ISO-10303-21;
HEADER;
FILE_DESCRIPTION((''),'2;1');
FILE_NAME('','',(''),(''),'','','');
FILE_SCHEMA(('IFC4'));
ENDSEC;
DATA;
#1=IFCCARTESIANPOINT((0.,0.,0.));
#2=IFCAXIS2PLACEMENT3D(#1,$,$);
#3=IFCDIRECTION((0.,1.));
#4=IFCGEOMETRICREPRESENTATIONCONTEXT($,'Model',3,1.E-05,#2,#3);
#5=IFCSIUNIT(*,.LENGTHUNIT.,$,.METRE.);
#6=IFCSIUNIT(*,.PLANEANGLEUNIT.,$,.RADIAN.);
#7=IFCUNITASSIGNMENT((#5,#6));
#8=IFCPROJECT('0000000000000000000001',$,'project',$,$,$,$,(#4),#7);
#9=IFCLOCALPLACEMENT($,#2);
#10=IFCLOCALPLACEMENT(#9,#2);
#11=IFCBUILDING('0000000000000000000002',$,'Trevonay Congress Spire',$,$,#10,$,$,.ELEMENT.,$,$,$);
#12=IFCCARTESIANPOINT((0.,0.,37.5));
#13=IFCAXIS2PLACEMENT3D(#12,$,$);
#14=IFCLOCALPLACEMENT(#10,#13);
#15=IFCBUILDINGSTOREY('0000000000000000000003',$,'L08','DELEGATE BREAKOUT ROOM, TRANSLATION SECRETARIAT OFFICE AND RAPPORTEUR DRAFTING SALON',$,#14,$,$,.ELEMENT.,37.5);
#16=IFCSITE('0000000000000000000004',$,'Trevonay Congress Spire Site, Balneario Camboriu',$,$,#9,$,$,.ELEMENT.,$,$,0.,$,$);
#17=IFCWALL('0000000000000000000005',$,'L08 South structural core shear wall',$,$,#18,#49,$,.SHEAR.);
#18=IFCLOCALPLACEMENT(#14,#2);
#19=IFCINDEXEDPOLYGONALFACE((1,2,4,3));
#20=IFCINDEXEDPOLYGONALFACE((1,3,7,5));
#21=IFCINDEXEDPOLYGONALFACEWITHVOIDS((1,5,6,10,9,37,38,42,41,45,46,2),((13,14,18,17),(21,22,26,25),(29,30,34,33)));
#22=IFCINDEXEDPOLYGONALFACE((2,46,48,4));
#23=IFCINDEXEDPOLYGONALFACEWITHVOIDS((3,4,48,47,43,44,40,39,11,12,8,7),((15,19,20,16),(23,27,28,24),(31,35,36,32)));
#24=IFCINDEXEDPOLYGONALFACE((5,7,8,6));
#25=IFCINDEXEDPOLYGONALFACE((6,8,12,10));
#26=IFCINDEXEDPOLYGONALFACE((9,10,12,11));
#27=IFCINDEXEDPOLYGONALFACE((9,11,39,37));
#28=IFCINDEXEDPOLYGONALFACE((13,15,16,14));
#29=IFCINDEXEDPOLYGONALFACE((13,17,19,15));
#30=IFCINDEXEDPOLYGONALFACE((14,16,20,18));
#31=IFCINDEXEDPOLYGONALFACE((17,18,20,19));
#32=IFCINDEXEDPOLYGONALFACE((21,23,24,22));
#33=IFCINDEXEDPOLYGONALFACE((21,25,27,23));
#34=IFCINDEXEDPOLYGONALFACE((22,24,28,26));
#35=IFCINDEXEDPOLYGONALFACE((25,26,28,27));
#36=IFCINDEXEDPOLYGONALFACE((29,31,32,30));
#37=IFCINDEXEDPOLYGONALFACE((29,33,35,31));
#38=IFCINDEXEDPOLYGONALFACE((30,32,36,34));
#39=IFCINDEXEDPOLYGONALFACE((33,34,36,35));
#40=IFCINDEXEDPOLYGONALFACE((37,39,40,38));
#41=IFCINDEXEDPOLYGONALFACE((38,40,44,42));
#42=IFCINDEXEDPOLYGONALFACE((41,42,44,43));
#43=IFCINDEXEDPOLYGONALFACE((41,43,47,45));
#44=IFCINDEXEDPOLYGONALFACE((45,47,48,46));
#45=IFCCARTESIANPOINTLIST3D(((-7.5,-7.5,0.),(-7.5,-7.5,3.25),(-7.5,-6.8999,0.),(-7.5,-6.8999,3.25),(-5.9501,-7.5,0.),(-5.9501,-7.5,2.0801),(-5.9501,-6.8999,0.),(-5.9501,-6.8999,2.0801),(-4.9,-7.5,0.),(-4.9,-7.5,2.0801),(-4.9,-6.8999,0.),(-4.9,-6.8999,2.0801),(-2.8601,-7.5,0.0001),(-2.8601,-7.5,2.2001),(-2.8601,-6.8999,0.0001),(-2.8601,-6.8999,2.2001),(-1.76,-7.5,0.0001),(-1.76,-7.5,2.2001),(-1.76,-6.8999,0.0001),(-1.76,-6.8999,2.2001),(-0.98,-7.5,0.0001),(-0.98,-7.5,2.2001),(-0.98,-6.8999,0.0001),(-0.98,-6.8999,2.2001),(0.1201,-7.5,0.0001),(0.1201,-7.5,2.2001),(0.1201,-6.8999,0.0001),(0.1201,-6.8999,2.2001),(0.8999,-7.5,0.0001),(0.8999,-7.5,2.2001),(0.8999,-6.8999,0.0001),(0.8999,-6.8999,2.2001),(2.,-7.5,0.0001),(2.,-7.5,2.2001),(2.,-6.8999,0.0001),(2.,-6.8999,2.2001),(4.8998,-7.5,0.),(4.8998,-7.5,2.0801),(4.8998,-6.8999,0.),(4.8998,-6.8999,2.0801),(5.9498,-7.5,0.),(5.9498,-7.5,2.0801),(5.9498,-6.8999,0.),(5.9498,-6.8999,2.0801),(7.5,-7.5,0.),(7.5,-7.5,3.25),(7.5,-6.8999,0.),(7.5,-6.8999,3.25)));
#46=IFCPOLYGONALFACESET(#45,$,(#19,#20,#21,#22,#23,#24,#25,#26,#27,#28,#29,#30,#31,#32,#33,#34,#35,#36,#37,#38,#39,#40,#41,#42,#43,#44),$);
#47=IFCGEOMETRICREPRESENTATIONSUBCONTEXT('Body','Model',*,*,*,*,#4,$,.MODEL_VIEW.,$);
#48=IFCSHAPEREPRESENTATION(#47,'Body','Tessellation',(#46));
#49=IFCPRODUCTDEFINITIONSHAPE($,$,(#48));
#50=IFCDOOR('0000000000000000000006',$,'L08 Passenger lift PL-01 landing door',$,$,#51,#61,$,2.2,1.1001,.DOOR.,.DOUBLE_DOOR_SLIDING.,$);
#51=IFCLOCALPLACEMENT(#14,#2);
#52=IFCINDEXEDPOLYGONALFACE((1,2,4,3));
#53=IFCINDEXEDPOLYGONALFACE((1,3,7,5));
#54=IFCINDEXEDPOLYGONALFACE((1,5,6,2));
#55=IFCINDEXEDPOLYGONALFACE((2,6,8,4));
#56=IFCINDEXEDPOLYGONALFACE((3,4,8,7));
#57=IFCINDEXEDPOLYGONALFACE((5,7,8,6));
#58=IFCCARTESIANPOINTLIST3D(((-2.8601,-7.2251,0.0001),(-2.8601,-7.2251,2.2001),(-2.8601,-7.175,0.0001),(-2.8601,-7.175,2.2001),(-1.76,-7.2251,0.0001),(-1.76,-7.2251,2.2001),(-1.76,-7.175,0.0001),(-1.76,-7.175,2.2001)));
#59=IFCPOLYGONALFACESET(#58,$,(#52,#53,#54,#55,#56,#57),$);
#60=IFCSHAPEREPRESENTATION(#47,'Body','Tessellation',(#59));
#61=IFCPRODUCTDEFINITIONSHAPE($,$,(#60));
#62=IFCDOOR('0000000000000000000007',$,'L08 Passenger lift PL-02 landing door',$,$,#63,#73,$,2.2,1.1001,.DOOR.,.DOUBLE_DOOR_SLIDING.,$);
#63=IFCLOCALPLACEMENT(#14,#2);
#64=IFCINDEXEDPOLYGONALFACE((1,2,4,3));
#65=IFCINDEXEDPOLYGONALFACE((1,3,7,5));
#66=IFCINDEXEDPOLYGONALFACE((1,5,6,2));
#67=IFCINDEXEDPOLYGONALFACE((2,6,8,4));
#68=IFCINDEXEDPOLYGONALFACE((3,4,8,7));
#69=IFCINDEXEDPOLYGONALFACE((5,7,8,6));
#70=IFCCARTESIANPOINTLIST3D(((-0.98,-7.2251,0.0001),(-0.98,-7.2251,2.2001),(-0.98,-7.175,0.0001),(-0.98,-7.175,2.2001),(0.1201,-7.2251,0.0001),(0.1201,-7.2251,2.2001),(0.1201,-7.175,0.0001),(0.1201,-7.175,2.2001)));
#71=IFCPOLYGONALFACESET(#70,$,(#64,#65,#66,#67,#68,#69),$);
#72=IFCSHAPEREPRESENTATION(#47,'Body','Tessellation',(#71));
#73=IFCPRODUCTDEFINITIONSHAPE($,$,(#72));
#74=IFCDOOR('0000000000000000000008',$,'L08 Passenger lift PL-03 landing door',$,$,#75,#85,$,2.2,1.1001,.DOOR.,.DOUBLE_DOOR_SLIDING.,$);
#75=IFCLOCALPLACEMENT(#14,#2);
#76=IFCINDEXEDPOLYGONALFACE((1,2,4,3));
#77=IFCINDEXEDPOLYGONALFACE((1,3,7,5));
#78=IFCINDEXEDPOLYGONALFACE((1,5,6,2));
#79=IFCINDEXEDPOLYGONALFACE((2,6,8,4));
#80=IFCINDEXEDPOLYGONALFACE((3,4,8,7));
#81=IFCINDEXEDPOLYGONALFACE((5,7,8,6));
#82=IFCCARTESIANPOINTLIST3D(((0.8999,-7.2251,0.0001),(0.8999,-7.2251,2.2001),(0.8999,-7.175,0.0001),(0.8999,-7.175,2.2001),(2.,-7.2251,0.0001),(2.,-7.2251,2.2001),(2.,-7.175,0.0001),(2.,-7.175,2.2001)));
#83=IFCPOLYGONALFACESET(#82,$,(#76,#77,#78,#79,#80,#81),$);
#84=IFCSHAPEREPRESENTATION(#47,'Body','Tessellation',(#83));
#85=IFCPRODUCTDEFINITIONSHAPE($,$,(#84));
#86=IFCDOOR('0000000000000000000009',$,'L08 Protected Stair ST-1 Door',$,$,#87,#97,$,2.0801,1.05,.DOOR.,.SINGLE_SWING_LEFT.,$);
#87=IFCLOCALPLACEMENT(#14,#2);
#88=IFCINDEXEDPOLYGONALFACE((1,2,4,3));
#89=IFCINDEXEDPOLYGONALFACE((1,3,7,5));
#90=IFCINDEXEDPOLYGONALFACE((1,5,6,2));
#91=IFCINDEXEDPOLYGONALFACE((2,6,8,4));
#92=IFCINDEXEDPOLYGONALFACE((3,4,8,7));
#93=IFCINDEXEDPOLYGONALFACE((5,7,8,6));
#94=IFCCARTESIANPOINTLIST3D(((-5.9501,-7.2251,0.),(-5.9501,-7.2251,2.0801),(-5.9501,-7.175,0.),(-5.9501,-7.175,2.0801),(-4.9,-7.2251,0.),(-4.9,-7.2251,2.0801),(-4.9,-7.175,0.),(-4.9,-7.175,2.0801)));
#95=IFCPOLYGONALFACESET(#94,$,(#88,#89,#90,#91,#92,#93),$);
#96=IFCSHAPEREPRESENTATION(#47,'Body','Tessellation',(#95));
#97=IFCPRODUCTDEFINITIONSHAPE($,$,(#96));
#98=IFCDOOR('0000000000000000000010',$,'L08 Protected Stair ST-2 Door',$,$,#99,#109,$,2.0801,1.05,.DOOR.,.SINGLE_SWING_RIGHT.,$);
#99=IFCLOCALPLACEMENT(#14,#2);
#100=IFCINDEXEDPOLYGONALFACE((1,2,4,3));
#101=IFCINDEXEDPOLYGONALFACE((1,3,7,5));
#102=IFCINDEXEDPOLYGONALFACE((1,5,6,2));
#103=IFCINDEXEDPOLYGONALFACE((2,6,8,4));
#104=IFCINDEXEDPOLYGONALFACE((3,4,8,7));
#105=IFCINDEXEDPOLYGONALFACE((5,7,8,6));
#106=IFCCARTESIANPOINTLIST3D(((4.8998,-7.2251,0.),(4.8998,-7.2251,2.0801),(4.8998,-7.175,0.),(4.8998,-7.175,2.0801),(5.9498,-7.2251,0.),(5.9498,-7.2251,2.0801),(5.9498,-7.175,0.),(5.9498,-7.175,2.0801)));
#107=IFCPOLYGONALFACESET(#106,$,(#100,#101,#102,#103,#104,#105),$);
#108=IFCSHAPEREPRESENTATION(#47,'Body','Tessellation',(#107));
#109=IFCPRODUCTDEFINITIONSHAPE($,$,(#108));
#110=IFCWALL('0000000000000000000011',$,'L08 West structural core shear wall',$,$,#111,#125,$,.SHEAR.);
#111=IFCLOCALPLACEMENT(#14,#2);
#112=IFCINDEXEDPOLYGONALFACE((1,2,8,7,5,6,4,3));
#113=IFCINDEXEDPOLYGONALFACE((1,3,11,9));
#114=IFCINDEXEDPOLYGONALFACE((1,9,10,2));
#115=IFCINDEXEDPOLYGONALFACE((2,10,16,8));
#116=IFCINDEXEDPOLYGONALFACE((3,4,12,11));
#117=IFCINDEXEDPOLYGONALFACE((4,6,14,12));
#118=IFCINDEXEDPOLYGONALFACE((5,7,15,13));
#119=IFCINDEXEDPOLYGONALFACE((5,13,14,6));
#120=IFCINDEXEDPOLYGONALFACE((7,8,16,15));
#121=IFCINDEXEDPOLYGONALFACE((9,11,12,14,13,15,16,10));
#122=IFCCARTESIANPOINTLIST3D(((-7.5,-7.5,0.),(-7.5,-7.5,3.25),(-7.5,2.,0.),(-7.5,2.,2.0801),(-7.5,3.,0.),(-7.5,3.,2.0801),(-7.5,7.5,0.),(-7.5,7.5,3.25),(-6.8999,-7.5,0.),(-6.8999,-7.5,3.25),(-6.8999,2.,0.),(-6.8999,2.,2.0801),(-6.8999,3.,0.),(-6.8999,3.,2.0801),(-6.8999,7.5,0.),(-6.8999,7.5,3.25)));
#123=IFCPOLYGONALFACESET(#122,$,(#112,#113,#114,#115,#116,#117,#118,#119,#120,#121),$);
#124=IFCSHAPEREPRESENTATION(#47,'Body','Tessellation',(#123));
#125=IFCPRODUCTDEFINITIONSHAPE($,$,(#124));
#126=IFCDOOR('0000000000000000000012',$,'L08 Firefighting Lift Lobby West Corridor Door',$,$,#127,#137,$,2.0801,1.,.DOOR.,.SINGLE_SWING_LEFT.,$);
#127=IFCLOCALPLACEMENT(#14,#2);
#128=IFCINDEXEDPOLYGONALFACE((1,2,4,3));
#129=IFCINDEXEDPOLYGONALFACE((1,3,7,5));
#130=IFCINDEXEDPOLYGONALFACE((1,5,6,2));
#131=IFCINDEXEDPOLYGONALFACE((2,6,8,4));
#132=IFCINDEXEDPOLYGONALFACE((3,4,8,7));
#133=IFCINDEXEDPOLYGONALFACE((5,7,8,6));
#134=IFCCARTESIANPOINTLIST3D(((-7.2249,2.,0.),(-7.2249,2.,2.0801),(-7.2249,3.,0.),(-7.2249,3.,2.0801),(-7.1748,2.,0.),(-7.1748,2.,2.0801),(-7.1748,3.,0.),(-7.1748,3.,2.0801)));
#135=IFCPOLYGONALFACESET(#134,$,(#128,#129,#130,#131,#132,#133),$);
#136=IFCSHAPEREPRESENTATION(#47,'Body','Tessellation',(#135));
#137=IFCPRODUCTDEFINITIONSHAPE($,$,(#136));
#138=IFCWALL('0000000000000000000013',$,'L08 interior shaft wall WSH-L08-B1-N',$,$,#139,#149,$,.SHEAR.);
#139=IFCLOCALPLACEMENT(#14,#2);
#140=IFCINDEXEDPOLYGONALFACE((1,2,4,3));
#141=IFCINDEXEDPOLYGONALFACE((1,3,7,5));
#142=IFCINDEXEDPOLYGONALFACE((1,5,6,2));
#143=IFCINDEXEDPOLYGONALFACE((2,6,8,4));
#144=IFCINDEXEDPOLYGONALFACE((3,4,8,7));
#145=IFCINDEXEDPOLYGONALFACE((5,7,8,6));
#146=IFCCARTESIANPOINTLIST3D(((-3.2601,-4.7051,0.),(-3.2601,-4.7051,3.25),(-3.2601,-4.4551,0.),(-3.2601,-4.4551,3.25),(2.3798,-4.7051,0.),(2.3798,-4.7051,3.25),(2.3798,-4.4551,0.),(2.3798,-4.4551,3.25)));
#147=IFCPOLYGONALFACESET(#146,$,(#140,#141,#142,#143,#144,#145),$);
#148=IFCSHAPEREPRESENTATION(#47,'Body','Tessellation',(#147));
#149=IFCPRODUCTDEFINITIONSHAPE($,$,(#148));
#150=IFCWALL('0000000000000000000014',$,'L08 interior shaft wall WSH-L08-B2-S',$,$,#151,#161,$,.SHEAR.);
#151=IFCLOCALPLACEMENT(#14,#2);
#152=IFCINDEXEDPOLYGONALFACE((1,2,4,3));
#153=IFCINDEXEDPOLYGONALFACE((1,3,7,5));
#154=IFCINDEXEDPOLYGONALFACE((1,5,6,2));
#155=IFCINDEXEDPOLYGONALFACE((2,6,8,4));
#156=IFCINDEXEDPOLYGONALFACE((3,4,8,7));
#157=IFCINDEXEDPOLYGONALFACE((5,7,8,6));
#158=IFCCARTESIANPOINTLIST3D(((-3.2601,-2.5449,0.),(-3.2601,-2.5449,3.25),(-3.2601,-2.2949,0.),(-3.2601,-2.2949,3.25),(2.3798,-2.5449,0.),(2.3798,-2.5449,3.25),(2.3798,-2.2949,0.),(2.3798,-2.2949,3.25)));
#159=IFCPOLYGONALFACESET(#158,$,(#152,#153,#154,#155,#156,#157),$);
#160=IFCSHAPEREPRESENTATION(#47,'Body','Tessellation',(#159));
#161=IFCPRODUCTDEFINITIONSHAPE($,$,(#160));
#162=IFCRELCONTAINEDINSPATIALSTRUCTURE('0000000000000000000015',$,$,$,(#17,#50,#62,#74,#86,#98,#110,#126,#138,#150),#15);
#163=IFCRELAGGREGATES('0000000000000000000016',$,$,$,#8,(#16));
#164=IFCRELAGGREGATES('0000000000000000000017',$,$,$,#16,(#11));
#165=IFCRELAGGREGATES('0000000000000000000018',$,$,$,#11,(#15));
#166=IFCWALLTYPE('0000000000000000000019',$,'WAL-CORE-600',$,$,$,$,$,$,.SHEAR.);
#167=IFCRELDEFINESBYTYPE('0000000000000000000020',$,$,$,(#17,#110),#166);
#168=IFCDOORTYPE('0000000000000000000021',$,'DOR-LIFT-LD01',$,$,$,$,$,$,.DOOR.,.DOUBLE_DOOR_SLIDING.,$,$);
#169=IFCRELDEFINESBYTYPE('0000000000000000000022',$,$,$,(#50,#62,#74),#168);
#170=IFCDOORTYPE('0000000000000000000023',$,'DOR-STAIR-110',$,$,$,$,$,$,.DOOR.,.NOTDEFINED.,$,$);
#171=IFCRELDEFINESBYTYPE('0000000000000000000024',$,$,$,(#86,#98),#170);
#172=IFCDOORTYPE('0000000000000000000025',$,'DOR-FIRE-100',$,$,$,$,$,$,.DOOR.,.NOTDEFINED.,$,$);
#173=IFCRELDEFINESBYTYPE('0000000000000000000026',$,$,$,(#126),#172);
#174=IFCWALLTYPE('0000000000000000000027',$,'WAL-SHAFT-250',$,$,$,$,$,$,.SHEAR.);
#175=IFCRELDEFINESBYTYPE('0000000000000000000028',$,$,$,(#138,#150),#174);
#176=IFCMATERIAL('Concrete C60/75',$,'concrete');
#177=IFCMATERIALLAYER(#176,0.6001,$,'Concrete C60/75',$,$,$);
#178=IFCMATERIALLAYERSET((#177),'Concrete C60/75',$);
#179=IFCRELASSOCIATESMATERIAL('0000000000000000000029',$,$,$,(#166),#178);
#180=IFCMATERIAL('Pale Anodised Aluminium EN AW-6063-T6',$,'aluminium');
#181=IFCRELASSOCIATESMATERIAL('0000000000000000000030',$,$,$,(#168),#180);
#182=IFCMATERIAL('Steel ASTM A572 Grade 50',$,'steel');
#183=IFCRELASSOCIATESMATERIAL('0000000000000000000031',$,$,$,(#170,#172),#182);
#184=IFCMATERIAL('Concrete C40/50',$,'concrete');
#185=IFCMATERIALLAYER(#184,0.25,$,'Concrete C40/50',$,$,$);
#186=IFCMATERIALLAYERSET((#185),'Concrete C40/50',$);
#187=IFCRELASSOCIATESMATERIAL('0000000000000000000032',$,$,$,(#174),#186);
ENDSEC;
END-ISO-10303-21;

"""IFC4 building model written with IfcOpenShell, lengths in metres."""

from ifc_helpers import new_model, si_unit, direction, frame, frame_2d, origin, place, context, subcontext, project, spatial, rectangle, extrude, material, layer, layer_set, type_object, element, fill, save


model = new_model("IFC4")

# Units and contexts
model_context = context("Model", 3, precision=1e-05, world=origin(), true_north=direction((0.0, 1.0)))
body_context = subcontext(model_context, "Body", "Model", "MODEL_VIEW")
ifc_project = project(units=[si_unit("LENGTHUNIT", "METRE"), si_unit("PLANEANGLEUNIT", "RADIAN")], contexts=[model_context])

# Site, building, storey
site_placement = place(None, origin())
site = spatial("IfcSite", under=ifc_project, at=site_placement, Name="Trevonay Congress Spire Site, Balneario Camboriu", CompositionType="ELEMENT", RefElevation=0.0)
building_placement = place(site_placement, origin())
building = spatial("IfcBuilding", under=site, at=building_placement, Name="Trevonay Congress Spire", CompositionType="ELEMENT")
storey_placement = place(building_placement, frame((0.0, 0.0, 37.5)))
storey = spatial("IfcBuildingStorey", under=building, at=storey_placement, Name="L08", Description="DELEGATE BREAKOUT ROOM, TRANSLATION SECRETARIAT OFFICE AND RAPPORTEUR DRAFTING SALON", CompositionType="ELEMENT", Elevation=37.5)

# Shared definitions
ifc_material_1 = material(Name="Steel ASTM A572 Grade 50", Category="steel")

# Shared definitions
ifc_material_2 = material(Name="Concrete C40/50", Category="concrete")

# Wall, openings, doors
ifc_material_3 = material(Name="Concrete C60/75", Category="concrete")
ifc_layer_1 = layer(ifc_material_3, 0.6001, Name="Concrete C60/75")
ifc_layer_set_1 = layer_set([ifc_layer_1], Name="Concrete C60/75")
wall_type_1 = type_object("IfcWallType", Name="WAL-CORE-600", PredefinedType="SHEAR", material=ifc_layer_set_1)
wall_1_placement = place(storey_placement, frame((-7.5, -7.2, 0.0), z_axis=(0.0, 0.0, 1.0), x_axis=(1.0, 0.0, 0.0)))
wall_1 = element("IfcWall", 1, at=wall_1_placement, inside=storey, type_object=wall_type_1, Name="L08 South structural core shear wall", PredefinedType="SHEAR", context=body_context, shape_type="SweptSolid", body=[
    extrude(rectangle(XDim=15.0, YDim=0.6001, at=frame_2d((7.5, 0.0))), origin(), (0.0, 0.0, 1.0), 3.25),
])
opening_1_placement = place(wall_1_placement, frame((1.55, 0.0, 0.0)))
opening_1 = element("IfcOpeningElement", 2, at=opening_1_placement, cuts=wall_1, PredefinedType="OPENING", context=body_context, shape_type="SweptSolid", body=[
    extrude(rectangle(XDim=1.05, YDim=2.0801, at=frame_2d((0.5249, 1.04))), frame((0.0, 0.3101, 0.0), z_axis=(0.0, -1.0, 0.0), x_axis=(1.0, 0.0, 0.0)), (0.0, 0.0, 1.0), 0.6201),
])
opening_2_placement = place(wall_1_placement, frame((12.3999, 0.0, 0.0)))
opening_2 = element("IfcOpeningElement", 3, at=opening_2_placement, cuts=wall_1, PredefinedType="OPENING", context=body_context, shape_type="SweptSolid", body=[
    extrude(rectangle(XDim=1.05, YDim=2.0801, at=frame_2d((0.5249, 1.04))), frame((0.0, 0.3101, 0.0), z_axis=(0.0, -1.0, 0.0), x_axis=(1.0, 0.0, 0.0)), (0.0, 0.0, 1.0), 0.6201),
])
opening_3_placement = place(wall_1_placement, frame((4.6399, 0.0, 0.0)))
opening_3 = element("IfcOpeningElement", 4, at=opening_3_placement, cuts=wall_1, PredefinedType="OPENING", context=body_context, shape_type="SweptSolid", body=[
    extrude(rectangle(XDim=1.1001, YDim=2.2, at=frame_2d((0.55, 1.1001))), frame((0.0, 0.3101, 0.0), z_axis=(0.0, -1.0, 0.0), x_axis=(1.0, 0.0, 0.0)), (0.0, 0.0, 1.0), 0.6201),
])
opening_4_placement = place(wall_1_placement, frame((6.52, 0.0, 0.0)))
opening_4 = element("IfcOpeningElement", 5, at=opening_4_placement, cuts=wall_1, PredefinedType="OPENING", context=body_context, shape_type="SweptSolid", body=[
    extrude(rectangle(XDim=1.1001, YDim=2.2, at=frame_2d((0.55, 1.1001))), frame((0.0, 0.3101, 0.0), z_axis=(0.0, -1.0, 0.0), x_axis=(1.0, 0.0, 0.0)), (0.0, 0.0, 1.0), 0.6201),
])
opening_5_placement = place(wall_1_placement, frame((8.3999, 0.0, 0.0)))
opening_5 = element("IfcOpeningElement", 6, at=opening_5_placement, cuts=wall_1, PredefinedType="OPENING", context=body_context, shape_type="SweptSolid", body=[
    extrude(rectangle(XDim=1.1001, YDim=2.2, at=frame_2d((0.55, 1.1001))), frame((0.0, 0.3101, 0.0), z_axis=(0.0, -1.0, 0.0), x_axis=(1.0, 0.0, 0.0)), (0.0, 0.0, 1.0), 0.6201),
])
ifc_material_4 = material(Name="Pale Anodised Aluminium EN AW-6063-T6", Category="aluminium")
door_type_1 = type_object("IfcDoorType", Name="DOR-LIFT-LD01", OperationType="DOUBLE_DOOR_SLIDING", PredefinedType="DOOR", material=ifc_material_4)
door_1_placement = place(opening_3_placement, origin())
door_1 = element("IfcDoor", 7, at=door_1_placement, inside=storey, type_object=door_type_1, Name="L08 Passenger lift PL-01 landing door", OperationType="DOUBLE_DOOR_SLIDING", OverallHeight=2.2, OverallWidth=1.1001, PredefinedType="DOOR", context=body_context, shape_type="SweptSolid", body=[
    extrude(rectangle(XDim=1.1001, YDim=2.2, at=frame_2d((0.55, 1.1001))), frame((0.0, 0.0249, 0.0), z_axis=(0.0, -1.0, 0.0), x_axis=(1.0, 0.0, 0.0)), (0.0, 0.0, 1.0), 0.05),
])
fill(opening_3, door_1)
door_2_placement = place(opening_4_placement, origin())
door_2 = element("IfcDoor", 8, at=door_2_placement, inside=storey, type_object=door_type_1, Name="L08 Passenger lift PL-02 landing door", OperationType="DOUBLE_DOOR_SLIDING", OverallHeight=2.2, OverallWidth=1.1001, PredefinedType="DOOR", context=body_context, shape_type="SweptSolid", body=[
    extrude(rectangle(XDim=1.1001, YDim=2.2, at=frame_2d((0.55, 1.1001))), frame((0.0, 0.0249, 0.0), z_axis=(0.0, -1.0, 0.0), x_axis=(1.0, 0.0, 0.0)), (0.0, 0.0, 1.0), 0.05),
])
fill(opening_4, door_2)
door_3_placement = place(opening_5_placement, origin())
door_3 = element("IfcDoor", 9, at=door_3_placement, inside=storey, type_object=door_type_1, Name="L08 Passenger lift PL-03 landing door", OperationType="DOUBLE_DOOR_SLIDING", OverallHeight=2.2, OverallWidth=1.1001, PredefinedType="DOOR", context=body_context, shape_type="SweptSolid", body=[
    extrude(rectangle(XDim=1.1001, YDim=2.2, at=frame_2d((0.55, 1.1001))), frame((0.0, 0.0249, 0.0), z_axis=(0.0, -1.0, 0.0), x_axis=(1.0, 0.0, 0.0)), (0.0, 0.0, 1.0), 0.05),
])
fill(opening_5, door_3)
door_type_2 = type_object("IfcDoorType", Name="DOR-STAIR-110", OperationType="NOTDEFINED", PredefinedType="DOOR", material=ifc_material_1)
door_4_placement = place(opening_1_placement, origin())
door_4 = element("IfcDoor", 10, at=door_4_placement, inside=storey, type_object=door_type_2, Name="L08 Protected Stair ST-1 Door", OperationType="SINGLE_SWING_LEFT", OverallHeight=2.0801, OverallWidth=1.05, PredefinedType="DOOR", context=body_context, shape_type="SweptSolid", body=[
    extrude(rectangle(XDim=1.05, YDim=2.0801, at=frame_2d((0.5249, 1.04))), frame((0.0, 0.0249, 0.0), z_axis=(0.0, -1.0, 0.0), x_axis=(1.0, 0.0, 0.0)), (0.0, 0.0, 1.0), 0.05),
])
fill(opening_1, door_4)
door_5_placement = place(opening_2_placement, origin())
door_5 = element("IfcDoor", 11, at=door_5_placement, inside=storey, type_object=door_type_2, Name="L08 Protected Stair ST-2 Door", OperationType="SINGLE_SWING_RIGHT", OverallHeight=2.0801, OverallWidth=1.05, PredefinedType="DOOR", context=body_context, shape_type="SweptSolid", body=[
    extrude(rectangle(XDim=1.05, YDim=2.0801, at=frame_2d((0.5249, 1.04))), frame((0.0, 0.0249, 0.0), z_axis=(0.0, -1.0, 0.0), x_axis=(1.0, 0.0, 0.0)), (0.0, 0.0, 1.0), 0.05),
])
fill(opening_2, door_5)

# Wall, opening, door
wall_2_placement = place(storey_placement, frame((-7.2, -7.5, 0.0), z_axis=(0.0, 0.0, 1.0), x_axis=(0.0, 1.0, 0.0)))
wall_2 = element("IfcWall", 12, at=wall_2_placement, inside=storey, type_object=wall_type_1, Name="L08 West structural core shear wall", PredefinedType="SHEAR", context=body_context, shape_type="SweptSolid", body=[
    extrude(rectangle(XDim=15.0, YDim=0.6001, at=frame_2d((7.5, 0.0))), origin(), (0.0, 0.0, 1.0), 3.25),
])
opening_6_placement = place(wall_2_placement, frame((9.5, 0.0, 0.0)))
opening_6 = element("IfcOpeningElement", 13, at=opening_6_placement, cuts=wall_2, PredefinedType="OPENING", context=body_context, shape_type="SweptSolid", body=[
    extrude(rectangle(XDim=1.0, YDim=2.0801, at=frame_2d((0.5, 1.04))), frame((0.0, 0.3101, 0.0), z_axis=(0.0, -1.0, 0.0), x_axis=(1.0, 0.0, 0.0)), (0.0, 0.0, 1.0), 0.6201),
])
door_type_3 = type_object("IfcDoorType", Name="DOR-FIRE-100", OperationType="NOTDEFINED", PredefinedType="DOOR", material=ifc_material_1)
door_6_placement = place(opening_6_placement, origin())
door_6 = element("IfcDoor", 14, at=door_6_placement, inside=storey, type_object=door_type_3, Name="L08 Firefighting Lift Lobby West Corridor Door", OperationType="SINGLE_SWING_LEFT", OverallHeight=2.0801, OverallWidth=1.0, PredefinedType="DOOR", context=body_context, shape_type="SweptSolid", body=[
    extrude(rectangle(XDim=1.0, YDim=2.0801, at=frame_2d((0.5, 1.04))), frame((0.0, 0.0249, 0.0), z_axis=(0.0, -1.0, 0.0), x_axis=(1.0, 0.0, 0.0)), (0.0, 0.0, 1.0), 0.05),
])
fill(opening_6, door_6)

# Walls
ifc_layer_2 = layer(ifc_material_2, 0.25, Name="Concrete C40/50")
ifc_layer_set_2 = layer_set([ifc_layer_2], Name="Concrete C40/50")
wall_type_2 = type_object("IfcWallType", Name="WAL-SHAFT-250", PredefinedType="SHEAR", material=ifc_layer_set_2)
for number, where, z_axis, x_axis, name in (
    (15, (-3.26, -4.5801, 0.0), (0.0, 0.0, 1.0), (1.0, 0.0, 0.0), "L08 interior shaft wall WSH-L08-B1-N"),
    (16, (-3.26, -2.4199, 0.0), (0.0, 0.0, 1.0), (1.0, 0.0, 0.0), "L08 interior shaft wall WSH-L08-B2-S"),
):
    element("IfcWall", number, at=place(storey_placement, frame(where, z_axis=z_axis, x_axis=x_axis)), inside=storey, type_object=wall_type_2, Name=name, PredefinedType="SHEAR", context=body_context, shape_type="SweptSolid", body=[
        extrude(rectangle(XDim=5.6399, YDim=0.25, at=frame_2d((2.8198, 0.0))), origin(), (0.0, 0.0, 1.0), 3.25),
    ])

save(model, "model.ifc")
